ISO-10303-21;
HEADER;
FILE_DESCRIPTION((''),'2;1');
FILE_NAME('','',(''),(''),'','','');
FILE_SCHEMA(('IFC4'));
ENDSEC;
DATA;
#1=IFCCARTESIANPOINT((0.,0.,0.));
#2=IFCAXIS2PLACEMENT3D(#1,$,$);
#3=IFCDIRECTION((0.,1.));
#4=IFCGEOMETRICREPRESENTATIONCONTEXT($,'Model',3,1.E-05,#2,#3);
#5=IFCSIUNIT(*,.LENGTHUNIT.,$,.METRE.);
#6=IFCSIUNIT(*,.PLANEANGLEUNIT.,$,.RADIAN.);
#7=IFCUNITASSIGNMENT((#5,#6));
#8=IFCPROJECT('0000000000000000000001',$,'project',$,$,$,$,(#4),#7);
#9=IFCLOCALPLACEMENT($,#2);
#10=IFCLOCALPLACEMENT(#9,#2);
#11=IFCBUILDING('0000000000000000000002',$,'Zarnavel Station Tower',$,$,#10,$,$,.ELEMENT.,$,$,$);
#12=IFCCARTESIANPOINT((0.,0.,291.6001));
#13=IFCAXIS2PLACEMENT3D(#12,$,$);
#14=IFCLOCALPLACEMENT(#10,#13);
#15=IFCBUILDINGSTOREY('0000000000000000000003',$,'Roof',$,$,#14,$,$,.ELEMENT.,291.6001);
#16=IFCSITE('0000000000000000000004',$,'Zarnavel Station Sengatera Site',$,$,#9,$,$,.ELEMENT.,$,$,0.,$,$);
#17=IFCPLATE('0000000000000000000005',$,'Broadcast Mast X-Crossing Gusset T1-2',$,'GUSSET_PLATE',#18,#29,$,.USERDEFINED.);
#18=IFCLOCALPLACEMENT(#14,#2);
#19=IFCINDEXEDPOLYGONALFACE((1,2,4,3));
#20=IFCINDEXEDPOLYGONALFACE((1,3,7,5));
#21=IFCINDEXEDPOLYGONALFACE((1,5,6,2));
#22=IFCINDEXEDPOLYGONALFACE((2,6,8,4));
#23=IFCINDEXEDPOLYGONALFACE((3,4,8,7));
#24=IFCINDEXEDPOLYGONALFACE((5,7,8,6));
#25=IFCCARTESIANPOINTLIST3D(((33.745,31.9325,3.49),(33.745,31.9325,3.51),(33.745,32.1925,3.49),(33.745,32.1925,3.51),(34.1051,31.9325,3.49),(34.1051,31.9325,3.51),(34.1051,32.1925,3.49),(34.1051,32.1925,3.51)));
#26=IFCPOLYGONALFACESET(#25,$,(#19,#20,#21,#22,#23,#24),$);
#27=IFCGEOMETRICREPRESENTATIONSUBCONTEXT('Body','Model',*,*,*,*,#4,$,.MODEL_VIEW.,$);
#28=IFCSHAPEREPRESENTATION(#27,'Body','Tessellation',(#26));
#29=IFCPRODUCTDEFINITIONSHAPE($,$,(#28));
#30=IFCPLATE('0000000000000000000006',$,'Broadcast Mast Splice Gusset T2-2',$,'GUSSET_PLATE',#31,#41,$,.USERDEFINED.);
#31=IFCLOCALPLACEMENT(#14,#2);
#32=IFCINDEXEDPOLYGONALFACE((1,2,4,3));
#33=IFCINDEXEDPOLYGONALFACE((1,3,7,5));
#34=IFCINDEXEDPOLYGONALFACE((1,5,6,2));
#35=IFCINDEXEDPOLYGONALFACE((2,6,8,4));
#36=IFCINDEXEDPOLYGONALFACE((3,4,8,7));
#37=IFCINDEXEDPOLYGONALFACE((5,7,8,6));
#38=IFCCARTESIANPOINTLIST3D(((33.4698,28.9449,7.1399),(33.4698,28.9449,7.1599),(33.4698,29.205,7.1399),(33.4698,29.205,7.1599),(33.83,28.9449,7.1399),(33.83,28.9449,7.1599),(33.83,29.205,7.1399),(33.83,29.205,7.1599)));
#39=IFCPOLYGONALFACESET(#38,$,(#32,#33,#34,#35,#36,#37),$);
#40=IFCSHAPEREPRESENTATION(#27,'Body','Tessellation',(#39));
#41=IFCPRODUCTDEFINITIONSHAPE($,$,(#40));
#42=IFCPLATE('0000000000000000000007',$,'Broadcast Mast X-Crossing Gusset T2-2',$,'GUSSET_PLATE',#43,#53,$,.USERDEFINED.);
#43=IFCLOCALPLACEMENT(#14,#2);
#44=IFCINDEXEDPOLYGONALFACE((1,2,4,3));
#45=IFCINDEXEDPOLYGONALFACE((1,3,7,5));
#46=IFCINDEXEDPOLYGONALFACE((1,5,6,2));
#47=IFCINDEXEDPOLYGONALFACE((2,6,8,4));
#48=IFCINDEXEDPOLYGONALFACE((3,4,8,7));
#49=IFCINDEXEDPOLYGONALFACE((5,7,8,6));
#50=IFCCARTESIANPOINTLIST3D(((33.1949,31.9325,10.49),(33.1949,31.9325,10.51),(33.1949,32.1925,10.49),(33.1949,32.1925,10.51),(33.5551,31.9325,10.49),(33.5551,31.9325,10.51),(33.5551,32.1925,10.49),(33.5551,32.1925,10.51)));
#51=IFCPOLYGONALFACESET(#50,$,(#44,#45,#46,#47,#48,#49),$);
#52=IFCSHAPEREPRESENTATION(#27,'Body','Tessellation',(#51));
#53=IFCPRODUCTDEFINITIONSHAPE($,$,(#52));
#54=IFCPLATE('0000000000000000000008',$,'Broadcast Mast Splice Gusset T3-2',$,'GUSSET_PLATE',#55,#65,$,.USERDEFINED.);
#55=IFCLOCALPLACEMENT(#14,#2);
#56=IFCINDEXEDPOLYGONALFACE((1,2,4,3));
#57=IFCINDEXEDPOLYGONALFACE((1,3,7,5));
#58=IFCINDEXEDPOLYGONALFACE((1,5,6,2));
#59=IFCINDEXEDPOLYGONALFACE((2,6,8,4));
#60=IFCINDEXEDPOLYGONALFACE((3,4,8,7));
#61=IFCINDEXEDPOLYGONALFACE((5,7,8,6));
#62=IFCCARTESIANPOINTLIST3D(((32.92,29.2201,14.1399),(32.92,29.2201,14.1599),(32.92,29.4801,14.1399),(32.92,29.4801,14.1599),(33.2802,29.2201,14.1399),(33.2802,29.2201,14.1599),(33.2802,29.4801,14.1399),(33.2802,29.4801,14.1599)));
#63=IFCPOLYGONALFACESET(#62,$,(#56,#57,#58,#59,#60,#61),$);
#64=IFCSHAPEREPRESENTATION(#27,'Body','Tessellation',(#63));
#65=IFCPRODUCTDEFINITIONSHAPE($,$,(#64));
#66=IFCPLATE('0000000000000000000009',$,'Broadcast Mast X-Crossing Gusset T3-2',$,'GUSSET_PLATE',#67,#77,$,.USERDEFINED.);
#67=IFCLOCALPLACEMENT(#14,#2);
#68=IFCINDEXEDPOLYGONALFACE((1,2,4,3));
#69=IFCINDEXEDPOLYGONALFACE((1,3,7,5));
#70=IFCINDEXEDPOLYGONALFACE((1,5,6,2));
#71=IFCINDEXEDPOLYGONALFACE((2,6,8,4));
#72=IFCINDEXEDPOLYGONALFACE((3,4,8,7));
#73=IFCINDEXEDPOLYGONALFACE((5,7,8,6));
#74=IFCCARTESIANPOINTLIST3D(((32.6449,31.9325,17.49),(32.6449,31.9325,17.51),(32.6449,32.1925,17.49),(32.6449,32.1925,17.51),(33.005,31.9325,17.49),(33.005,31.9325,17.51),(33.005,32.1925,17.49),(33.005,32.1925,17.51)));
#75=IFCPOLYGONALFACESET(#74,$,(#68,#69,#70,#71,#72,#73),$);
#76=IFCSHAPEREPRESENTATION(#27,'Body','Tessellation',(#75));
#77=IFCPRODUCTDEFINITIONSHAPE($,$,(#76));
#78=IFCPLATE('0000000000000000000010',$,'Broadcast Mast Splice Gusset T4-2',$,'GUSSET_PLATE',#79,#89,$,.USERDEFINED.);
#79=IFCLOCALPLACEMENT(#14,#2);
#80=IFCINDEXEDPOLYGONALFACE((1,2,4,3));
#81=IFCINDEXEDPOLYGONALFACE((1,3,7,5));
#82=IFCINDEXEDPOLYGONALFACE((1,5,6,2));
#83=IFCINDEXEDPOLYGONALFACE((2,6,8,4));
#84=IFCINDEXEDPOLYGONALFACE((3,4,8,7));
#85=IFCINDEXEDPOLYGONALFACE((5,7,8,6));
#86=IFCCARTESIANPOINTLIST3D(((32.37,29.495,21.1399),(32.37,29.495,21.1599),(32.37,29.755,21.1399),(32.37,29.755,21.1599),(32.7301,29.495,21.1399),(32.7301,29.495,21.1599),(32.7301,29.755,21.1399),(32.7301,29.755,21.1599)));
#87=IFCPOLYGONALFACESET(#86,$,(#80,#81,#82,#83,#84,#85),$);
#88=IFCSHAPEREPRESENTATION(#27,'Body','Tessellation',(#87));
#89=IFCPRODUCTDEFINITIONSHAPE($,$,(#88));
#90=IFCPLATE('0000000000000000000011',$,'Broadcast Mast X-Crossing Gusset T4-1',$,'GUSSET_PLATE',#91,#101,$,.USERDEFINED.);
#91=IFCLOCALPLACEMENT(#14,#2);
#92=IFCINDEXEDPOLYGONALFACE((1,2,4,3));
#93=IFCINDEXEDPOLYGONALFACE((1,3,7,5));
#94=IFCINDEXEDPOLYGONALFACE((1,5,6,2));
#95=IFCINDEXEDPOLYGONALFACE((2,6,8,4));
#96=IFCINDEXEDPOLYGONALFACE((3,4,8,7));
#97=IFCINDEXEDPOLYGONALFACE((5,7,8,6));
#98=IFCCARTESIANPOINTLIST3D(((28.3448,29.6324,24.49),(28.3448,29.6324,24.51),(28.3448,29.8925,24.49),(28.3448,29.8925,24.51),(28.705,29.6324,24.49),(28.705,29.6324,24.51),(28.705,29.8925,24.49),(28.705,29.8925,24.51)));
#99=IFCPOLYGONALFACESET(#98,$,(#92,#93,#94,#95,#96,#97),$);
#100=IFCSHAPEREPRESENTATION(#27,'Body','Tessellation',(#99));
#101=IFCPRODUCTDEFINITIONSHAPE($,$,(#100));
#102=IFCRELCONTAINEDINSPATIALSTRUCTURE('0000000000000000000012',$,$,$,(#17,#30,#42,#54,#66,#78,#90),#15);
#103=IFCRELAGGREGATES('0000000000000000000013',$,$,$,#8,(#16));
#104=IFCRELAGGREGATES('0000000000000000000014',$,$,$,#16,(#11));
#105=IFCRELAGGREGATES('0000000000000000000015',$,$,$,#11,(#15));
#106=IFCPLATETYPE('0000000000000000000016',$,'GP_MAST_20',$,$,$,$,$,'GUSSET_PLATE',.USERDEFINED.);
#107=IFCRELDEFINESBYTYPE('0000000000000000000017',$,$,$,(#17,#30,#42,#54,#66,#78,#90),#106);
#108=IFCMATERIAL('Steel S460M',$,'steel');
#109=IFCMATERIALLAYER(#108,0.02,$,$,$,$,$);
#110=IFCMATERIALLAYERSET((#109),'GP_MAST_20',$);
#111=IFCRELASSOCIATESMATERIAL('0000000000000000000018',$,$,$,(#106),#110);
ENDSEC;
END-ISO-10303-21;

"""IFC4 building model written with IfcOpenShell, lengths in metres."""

from ifc_helpers import new_model, si_unit, direction, frame, origin, origin_2d, place, context, subcontext, project, spatial, rectangle, extrude, material, layer, layer_set, type_object, element, save


model = new_model("IFC4")

# Units and contexts
model_context = context("Model", 3, precision=1e-05, world=origin(), true_north=direction((0.0, 1.0)))
body_context = subcontext(model_context, "Body", "Model", "MODEL_VIEW")
ifc_project = project(units=[si_unit("LENGTHUNIT", "METRE"), si_unit("PLANEANGLEUNIT", "RADIAN")], contexts=[model_context])

# Site, building, storey
site_placement = place(None, origin())
site = spatial("IfcSite", under=ifc_project, at=site_placement, Name="Zarnavel Station Sengatera Site", CompositionType="ELEMENT", RefElevation=0.0)
building_placement = place(site_placement, origin())
building = spatial("IfcBuilding", under=site, at=building_placement, Name="Zarnavel Station Tower", CompositionType="ELEMENT")
storey_placement = place(building_placement, frame((0.0, 0.0, 291.6001)))
storey = spatial("IfcBuildingStorey", under=building, at=storey_placement, Name="Roof", CompositionType="ELEMENT", Elevation=291.6001)

# Plates
ifc_material_1 = material(Name="Steel S460M", Category="steel")
ifc_layer = layer(ifc_material_1, 0.02)
ifc_layer_set = layer_set([ifc_layer], Name="GP_MAST_20")
plate_type = type_object("IfcPlateType", Name="GP_MAST_20", ElementType="GUSSET_PLATE", PredefinedType="USERDEFINED", material=ifc_layer_set)
for number, where, z_axis, x_axis, name in (
    (1, (33.925, 32.0625, 3.49), (0.0, 0.0, 1.0), (1.0, 0.0, 0.0), "Broadcast Mast X-Crossing Gusset T1-2"),
    (2, (33.6499, 29.075, 7.1399), (0.0, 0.0, 1.0), (1.0, 0.0, 0.0), "Broadcast Mast Splice Gusset T2-2"),
    (3, (33.375, 32.0625, 10.49), (0.0, 0.0, 1.0), (1.0, 0.0, 0.0), "Broadcast Mast X-Crossing Gusset T2-2"),
    (4, (33.1001, 29.3501, 14.1399), (0.0, 0.0, 1.0), (1.0, 0.0, 0.0), "Broadcast Mast Splice Gusset T3-2"),
    (5, (32.825, 32.0625, 17.49), (0.0, 0.0, 1.0), (1.0, 0.0, 0.0), "Broadcast Mast X-Crossing Gusset T3-2"),
    (6, (32.55, 29.625, 21.1399), (0.0, 0.0, 1.0), (1.0, 0.0, 0.0), "Broadcast Mast Splice Gusset T4-2"),
    (7, (28.5249, 29.7625, 24.49), (0.0, 0.0, 1.0), (1.0, 0.0, 0.0), "Broadcast Mast X-Crossing Gusset T4-1"),
):
    element("IfcPlate", number, at=place(storey_placement, frame(where, z_axis=z_axis, x_axis=x_axis)), inside=storey, type_object=plate_type, Name=name, ObjectType="GUSSET_PLATE", PredefinedType="USERDEFINED", context=body_context, shape_type="SweptSolid", body=[
        extrude(rectangle(XDim=0.3601, YDim=0.26, at=origin_2d()), origin(), (0.0, 0.0, 1.0), 0.02),
    ])

save(model, "model.ifc")
